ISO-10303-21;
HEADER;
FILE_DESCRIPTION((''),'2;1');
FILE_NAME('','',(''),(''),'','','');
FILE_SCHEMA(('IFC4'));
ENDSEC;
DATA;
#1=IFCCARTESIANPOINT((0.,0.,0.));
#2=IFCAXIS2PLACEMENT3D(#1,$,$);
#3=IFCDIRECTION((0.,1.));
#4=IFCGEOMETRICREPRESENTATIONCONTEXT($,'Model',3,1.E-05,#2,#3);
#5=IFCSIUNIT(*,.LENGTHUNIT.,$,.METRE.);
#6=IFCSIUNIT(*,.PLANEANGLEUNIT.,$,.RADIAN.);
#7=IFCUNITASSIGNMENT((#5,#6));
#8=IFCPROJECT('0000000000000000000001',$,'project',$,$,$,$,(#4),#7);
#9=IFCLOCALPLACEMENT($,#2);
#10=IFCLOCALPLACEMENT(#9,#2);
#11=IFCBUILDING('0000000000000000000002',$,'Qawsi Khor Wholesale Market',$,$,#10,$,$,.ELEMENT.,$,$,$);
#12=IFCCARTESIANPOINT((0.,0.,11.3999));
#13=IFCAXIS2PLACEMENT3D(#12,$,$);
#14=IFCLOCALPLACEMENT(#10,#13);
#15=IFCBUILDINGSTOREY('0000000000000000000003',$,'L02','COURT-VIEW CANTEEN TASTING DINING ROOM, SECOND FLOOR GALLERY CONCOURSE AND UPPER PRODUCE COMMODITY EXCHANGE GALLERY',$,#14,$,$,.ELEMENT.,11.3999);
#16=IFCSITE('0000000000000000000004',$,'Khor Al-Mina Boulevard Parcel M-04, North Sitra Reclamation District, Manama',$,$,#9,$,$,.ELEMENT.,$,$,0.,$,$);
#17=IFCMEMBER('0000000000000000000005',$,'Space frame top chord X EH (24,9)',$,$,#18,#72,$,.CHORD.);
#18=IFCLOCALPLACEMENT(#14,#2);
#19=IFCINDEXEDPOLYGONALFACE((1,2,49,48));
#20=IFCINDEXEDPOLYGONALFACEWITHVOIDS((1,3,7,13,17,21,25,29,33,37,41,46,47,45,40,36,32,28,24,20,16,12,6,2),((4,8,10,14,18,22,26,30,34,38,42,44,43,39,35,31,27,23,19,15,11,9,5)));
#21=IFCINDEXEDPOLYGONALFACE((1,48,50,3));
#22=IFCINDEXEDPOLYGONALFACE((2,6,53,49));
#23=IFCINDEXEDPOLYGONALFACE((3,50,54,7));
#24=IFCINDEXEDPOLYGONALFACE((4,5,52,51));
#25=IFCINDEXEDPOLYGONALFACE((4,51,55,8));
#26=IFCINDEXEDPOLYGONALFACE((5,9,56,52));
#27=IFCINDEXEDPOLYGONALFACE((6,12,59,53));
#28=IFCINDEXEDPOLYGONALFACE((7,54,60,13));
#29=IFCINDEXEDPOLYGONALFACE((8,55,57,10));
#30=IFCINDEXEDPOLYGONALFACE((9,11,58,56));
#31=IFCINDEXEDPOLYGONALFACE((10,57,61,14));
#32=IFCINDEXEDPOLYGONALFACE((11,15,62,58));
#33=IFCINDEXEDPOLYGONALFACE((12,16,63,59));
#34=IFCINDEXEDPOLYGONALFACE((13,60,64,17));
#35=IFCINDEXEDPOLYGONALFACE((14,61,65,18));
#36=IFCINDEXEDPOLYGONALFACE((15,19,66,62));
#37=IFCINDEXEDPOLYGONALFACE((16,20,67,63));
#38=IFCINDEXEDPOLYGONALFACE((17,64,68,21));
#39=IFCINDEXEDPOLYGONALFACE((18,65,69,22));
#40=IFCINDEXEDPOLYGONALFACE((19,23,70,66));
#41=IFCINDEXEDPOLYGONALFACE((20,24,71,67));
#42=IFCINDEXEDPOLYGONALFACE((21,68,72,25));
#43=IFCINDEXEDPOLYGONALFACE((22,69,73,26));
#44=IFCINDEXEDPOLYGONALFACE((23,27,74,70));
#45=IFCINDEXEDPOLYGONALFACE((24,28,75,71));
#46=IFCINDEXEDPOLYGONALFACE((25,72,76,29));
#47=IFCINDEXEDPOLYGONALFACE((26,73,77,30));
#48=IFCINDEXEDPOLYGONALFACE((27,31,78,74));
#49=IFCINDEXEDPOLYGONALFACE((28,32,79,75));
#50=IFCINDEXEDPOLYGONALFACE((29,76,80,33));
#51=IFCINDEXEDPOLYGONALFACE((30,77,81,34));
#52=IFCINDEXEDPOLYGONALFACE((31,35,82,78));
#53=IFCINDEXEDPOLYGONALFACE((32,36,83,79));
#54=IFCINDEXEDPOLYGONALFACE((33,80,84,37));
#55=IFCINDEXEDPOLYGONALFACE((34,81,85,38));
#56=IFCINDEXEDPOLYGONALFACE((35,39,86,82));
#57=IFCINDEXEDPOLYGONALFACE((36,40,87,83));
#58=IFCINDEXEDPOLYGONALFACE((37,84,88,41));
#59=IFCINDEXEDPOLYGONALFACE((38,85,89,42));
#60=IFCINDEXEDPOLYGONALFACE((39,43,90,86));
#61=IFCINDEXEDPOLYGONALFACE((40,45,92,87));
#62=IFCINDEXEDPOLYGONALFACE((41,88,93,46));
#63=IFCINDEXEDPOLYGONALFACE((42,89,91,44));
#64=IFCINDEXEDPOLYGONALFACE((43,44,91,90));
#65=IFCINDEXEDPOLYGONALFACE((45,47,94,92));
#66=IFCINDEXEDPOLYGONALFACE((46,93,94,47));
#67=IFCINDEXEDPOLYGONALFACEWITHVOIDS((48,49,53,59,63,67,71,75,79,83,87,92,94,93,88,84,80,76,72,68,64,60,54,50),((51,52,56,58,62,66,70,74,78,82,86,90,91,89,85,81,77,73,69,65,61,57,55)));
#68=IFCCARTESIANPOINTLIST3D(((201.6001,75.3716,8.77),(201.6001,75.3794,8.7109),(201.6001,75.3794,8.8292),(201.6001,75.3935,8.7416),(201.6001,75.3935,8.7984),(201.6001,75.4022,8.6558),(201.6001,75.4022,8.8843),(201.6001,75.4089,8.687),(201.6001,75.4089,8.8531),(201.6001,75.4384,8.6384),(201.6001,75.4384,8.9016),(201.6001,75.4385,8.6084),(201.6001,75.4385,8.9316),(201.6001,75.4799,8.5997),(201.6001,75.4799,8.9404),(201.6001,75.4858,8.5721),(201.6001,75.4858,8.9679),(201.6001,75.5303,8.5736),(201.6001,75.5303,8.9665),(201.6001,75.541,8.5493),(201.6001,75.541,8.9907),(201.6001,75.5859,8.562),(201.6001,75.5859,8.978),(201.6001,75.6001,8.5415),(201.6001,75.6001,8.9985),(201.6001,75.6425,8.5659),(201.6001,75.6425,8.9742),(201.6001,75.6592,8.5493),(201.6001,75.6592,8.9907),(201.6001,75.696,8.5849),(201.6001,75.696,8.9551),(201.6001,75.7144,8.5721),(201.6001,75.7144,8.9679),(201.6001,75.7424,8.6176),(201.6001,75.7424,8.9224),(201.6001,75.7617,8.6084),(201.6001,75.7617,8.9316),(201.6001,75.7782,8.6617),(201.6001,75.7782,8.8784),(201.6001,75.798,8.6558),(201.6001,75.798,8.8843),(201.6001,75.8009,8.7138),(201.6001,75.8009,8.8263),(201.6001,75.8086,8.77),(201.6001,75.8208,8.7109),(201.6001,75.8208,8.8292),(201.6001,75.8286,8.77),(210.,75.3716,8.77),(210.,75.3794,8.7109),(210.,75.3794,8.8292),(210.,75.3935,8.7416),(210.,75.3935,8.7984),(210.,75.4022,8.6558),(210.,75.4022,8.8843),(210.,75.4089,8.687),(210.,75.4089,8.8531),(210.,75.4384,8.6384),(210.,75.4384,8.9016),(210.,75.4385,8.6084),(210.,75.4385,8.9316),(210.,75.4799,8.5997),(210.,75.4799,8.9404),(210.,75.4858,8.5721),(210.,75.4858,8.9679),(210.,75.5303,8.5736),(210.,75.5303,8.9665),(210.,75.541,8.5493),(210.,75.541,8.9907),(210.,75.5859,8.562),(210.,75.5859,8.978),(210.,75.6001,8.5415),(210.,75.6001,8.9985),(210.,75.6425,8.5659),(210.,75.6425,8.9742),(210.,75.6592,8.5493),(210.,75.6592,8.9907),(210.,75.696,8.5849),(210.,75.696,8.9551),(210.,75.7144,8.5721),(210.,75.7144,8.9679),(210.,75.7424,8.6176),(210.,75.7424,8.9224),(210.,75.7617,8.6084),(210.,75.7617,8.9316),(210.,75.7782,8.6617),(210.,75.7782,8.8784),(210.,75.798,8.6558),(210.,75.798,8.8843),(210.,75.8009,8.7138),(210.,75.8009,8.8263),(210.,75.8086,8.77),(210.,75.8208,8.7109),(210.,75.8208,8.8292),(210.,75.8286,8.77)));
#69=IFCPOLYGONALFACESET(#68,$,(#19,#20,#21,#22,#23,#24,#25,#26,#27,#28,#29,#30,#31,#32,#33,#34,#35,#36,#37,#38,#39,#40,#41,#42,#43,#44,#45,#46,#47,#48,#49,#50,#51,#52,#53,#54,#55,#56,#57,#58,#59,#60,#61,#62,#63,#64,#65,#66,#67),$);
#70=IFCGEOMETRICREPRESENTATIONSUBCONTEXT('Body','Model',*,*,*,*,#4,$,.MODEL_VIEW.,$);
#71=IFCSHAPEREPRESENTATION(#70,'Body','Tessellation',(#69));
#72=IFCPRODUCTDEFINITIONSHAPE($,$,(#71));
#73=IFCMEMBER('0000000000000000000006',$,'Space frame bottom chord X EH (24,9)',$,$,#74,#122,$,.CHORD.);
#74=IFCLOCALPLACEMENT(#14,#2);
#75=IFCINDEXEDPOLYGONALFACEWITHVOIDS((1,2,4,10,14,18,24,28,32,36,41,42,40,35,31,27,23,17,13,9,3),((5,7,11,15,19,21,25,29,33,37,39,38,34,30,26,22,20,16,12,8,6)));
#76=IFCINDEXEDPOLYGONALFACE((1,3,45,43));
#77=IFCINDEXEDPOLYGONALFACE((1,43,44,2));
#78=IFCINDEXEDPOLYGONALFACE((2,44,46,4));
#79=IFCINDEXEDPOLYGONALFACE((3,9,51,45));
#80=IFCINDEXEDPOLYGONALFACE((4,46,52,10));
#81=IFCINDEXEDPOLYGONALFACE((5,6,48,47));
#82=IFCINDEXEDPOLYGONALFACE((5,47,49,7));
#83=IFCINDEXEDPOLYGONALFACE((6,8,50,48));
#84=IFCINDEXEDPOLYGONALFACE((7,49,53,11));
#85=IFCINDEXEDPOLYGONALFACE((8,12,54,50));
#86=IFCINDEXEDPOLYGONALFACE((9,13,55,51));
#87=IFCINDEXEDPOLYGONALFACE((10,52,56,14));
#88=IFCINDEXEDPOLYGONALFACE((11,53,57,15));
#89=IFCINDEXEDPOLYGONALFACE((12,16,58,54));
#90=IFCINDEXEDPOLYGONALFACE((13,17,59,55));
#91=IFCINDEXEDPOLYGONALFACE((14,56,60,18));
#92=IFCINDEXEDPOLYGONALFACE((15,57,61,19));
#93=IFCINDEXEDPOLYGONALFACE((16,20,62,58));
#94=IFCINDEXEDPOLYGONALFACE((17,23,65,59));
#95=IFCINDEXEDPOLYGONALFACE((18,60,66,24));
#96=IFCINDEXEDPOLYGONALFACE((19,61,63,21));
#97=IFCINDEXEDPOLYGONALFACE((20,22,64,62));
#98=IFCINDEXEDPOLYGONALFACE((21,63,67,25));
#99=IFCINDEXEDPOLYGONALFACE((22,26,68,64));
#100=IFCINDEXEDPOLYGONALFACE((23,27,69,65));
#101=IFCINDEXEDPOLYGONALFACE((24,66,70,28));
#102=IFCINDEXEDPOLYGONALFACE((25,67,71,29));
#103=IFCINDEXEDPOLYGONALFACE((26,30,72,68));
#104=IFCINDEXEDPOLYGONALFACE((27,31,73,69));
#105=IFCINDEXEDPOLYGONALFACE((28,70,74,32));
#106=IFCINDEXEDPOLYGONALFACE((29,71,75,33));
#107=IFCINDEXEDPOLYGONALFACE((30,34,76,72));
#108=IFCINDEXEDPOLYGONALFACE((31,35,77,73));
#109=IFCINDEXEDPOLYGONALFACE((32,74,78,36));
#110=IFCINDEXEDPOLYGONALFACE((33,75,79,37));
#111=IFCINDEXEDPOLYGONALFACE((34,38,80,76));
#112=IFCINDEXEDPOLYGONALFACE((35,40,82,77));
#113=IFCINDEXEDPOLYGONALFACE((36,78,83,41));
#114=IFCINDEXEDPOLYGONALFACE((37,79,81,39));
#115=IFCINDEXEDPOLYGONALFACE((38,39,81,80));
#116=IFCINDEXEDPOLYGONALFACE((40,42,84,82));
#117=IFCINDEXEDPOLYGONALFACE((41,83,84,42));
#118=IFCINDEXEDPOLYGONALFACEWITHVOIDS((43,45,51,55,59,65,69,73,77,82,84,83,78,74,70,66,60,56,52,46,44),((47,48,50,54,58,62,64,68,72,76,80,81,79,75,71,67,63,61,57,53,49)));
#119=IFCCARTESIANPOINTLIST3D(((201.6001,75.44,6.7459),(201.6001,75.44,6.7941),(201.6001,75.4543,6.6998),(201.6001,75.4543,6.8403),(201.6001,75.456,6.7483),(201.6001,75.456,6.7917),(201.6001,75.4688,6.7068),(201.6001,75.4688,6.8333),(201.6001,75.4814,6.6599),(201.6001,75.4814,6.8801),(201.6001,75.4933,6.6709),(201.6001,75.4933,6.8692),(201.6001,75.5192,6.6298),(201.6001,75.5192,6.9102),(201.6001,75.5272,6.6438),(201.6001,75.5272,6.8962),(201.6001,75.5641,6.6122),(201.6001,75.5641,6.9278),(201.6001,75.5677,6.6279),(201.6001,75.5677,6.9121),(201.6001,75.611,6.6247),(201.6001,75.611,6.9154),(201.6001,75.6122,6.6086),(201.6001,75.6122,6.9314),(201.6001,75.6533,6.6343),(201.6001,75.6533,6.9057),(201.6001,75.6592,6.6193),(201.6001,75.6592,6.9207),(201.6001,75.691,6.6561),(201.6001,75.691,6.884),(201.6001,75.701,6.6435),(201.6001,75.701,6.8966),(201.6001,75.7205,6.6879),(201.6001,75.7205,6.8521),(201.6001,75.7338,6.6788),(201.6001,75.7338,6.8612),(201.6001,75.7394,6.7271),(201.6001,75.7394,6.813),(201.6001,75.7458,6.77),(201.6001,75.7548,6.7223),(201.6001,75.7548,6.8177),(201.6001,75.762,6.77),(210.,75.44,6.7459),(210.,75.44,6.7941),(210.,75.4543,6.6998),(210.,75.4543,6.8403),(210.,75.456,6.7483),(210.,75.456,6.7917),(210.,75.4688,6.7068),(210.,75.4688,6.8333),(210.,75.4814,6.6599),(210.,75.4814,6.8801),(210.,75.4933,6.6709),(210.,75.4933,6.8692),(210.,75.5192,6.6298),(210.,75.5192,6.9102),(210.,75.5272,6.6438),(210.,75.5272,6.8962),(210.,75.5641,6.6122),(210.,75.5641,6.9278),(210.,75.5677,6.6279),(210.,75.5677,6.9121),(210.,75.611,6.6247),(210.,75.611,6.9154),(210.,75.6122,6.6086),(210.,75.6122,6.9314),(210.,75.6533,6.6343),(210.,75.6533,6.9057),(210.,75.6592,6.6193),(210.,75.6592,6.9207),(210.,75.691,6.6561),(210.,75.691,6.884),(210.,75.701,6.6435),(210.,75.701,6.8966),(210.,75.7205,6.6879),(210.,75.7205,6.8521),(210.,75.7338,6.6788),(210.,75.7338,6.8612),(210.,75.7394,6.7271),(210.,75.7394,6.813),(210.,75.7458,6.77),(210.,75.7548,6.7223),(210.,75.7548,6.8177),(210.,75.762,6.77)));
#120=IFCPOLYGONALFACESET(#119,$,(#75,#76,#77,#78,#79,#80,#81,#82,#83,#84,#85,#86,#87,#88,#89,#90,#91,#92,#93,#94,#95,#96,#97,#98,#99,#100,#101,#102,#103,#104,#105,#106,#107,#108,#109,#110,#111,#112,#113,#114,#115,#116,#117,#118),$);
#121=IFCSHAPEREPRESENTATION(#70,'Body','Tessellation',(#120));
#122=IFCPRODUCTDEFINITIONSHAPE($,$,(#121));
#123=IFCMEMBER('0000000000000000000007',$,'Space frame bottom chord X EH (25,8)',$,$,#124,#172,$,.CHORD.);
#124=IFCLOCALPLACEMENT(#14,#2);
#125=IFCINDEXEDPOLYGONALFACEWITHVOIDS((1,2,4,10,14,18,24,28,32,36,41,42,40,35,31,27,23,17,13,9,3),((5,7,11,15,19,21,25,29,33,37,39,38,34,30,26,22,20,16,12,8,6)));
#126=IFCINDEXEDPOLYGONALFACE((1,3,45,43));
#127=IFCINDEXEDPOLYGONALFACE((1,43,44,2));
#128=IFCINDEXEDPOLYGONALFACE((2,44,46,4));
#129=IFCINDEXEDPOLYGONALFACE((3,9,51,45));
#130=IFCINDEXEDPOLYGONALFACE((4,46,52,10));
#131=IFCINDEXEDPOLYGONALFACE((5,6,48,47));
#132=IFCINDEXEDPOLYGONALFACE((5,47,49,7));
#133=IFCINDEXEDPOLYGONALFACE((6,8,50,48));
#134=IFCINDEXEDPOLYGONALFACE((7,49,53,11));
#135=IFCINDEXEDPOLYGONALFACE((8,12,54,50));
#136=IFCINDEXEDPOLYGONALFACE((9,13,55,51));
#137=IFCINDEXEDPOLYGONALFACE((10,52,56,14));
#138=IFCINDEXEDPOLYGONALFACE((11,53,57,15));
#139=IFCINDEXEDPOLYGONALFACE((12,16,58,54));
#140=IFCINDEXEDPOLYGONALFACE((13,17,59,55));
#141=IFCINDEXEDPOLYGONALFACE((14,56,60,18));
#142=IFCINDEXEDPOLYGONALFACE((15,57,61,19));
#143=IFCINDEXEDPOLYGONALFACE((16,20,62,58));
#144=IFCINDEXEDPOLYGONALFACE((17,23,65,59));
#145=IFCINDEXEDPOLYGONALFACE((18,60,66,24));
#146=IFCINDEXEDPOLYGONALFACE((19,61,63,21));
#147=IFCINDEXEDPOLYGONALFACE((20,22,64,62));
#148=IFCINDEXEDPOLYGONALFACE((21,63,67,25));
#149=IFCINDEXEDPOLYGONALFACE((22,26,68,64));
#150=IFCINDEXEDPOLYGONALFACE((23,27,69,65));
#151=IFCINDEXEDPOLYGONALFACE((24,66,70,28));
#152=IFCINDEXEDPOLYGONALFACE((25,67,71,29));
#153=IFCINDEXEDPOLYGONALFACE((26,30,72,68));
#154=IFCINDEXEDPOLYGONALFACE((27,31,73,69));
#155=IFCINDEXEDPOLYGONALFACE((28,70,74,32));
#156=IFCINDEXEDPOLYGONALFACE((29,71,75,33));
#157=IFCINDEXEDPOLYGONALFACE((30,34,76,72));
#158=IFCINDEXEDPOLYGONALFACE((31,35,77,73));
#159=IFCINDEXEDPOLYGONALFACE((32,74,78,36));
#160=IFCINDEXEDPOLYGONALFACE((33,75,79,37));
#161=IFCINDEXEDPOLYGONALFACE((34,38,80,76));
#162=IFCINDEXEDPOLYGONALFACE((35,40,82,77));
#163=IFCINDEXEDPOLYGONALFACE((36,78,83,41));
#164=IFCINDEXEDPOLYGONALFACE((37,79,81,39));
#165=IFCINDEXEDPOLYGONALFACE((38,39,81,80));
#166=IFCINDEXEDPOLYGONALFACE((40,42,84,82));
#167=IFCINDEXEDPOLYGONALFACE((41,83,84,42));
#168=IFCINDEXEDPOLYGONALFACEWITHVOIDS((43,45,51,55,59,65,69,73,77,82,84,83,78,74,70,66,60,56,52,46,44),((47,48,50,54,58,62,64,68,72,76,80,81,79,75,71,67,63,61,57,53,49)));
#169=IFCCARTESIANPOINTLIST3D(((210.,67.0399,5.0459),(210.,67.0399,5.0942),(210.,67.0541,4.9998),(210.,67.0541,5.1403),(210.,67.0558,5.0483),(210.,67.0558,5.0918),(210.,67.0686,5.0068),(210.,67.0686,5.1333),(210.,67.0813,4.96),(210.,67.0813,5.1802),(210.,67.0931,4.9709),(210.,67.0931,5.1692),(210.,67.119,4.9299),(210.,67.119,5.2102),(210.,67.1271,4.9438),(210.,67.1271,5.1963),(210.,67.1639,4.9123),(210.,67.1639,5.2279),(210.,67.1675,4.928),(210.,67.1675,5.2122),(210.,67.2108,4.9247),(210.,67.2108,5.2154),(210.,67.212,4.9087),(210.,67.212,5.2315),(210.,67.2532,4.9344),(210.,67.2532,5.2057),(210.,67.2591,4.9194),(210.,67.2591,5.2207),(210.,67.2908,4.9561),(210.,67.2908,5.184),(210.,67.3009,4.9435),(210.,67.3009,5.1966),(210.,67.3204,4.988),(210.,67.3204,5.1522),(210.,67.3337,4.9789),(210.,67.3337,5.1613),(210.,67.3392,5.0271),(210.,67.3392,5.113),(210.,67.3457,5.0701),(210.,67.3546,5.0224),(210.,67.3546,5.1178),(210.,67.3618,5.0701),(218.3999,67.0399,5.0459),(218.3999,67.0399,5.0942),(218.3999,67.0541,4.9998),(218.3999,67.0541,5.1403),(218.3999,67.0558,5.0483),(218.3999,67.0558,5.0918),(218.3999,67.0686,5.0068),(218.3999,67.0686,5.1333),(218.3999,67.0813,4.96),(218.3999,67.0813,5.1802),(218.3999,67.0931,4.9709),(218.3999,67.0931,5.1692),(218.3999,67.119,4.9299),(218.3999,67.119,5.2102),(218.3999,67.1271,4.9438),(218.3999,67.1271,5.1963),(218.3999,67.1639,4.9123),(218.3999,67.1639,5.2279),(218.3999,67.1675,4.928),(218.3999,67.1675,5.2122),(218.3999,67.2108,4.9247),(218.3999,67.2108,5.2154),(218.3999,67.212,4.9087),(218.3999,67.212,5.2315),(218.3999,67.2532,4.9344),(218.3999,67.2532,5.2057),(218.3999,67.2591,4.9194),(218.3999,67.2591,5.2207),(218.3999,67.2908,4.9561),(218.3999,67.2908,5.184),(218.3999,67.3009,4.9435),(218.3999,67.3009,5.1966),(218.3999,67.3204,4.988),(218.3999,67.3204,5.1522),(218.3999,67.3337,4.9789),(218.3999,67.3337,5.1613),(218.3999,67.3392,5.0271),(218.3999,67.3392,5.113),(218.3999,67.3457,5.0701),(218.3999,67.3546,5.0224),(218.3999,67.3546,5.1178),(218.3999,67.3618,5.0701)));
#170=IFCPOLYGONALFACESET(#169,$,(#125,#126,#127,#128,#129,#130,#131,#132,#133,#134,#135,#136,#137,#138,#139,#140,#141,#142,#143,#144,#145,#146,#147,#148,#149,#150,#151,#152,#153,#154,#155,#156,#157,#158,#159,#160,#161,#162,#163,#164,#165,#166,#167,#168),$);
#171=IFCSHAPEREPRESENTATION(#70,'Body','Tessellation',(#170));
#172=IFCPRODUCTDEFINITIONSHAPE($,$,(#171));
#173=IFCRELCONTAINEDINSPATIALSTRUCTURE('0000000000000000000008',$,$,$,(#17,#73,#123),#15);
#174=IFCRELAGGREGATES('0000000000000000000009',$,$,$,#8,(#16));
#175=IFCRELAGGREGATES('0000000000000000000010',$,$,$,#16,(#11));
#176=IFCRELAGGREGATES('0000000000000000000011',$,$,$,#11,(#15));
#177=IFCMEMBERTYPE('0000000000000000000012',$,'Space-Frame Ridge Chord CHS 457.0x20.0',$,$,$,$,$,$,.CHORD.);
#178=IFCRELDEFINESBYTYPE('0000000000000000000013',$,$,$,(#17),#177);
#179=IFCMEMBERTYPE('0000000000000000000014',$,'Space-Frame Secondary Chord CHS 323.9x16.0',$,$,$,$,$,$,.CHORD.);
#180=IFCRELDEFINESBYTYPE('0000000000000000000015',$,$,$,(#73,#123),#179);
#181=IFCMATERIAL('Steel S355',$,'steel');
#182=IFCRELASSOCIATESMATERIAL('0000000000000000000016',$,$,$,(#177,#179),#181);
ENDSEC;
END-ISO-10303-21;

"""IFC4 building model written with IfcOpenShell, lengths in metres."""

from ifc_helpers import new_model, si_unit, direction, frame, origin, origin_2d, place, context, subcontext, project, spatial, hollow_circle, extrude, material, material_profile, profile_set, type_object, element, save


model = new_model("IFC4")

# Units and contexts
model_context = context("Model", 3, precision=1e-05, world=origin(), true_north=direction((0.0, 1.0)))
body_context = subcontext(model_context, "Body", "Model", "MODEL_VIEW")
ifc_project = project(units=[si_unit("LENGTHUNIT", "METRE"), si_unit("PLANEANGLEUNIT", "RADIAN")], contexts=[model_context])

# Site, building, storey
site_placement = place(None, origin())
site = spatial("IfcSite", under=ifc_project, at=site_placement, Name="Khor Al-Mina Boulevard Parcel M-04, North Sitra Reclamation District, Manama", CompositionType="ELEMENT", RefElevation=0.0)
building_placement = place(site_placement, origin())
building = spatial("IfcBuilding", under=site, at=building_placement, Name="Qawsi Khor Wholesale Market", CompositionType="ELEMENT")
storey_placement = place(building_placement, frame((0.0, 0.0, 11.3999)))
storey = spatial("IfcBuildingStorey", under=building, at=storey_placement, Name="L02", Description="COURT-VIEW CANTEEN TASTING DINING ROOM, SECOND FLOOR GALLERY CONCOURSE AND UPPER PRODUCE COMMODITY EXCHANGE GALLERY", CompositionType="ELEMENT", Elevation=11.3999)

# Members
ifc_material_1 = material(Name="Steel S355", Category="steel")
ifc_material_profile_1 = material_profile(ifc_material_1, hollow_circle(Radius=0.2285, WallThickness=0.02, at=origin_2d()), Name="CHS 457.0x20.0")
ifc_profile_set_1 = profile_set([ifc_material_profile_1], Name="Steel S355")
member_type_1 = type_object("IfcMemberType", Name="Space-Frame Ridge Chord CHS 457.0x20.0", PredefinedType="CHORD", material=ifc_profile_set_1)
member_1_placement = place(storey_placement, frame((201.6001, 75.6001, 8.77), z_axis=(1.0, 0.0, 0.0), x_axis=(0.0, 1.0, 0.0)))
element("IfcMember", 1, at=member_1_placement, inside=storey, type_object=member_type_1, Name="Space frame top chord X EH (24,9)", PredefinedType="CHORD", context=body_context, shape_type="SweptSolid", body=[
    extrude(hollow_circle(Radius=0.2285, WallThickness=0.02, at=origin_2d()), origin(), (0.0, 0.0, 1.0), 8.3999),
])
ifc_material_profile_2 = material_profile(ifc_material_1, hollow_circle(Radius=0.1619, WallThickness=0.0161, at=origin_2d()), Name="CHS 323.9x16.0")
ifc_profile_set_2 = profile_set([ifc_material_profile_2], Name="Steel S355")
member_type_2 = type_object("IfcMemberType", Name="Space-Frame Secondary Chord CHS 323.9x16.0", PredefinedType="CHORD", material=ifc_profile_set_2)
for number, where, z_axis, x_axis, name in (
    (2, (201.6001, 75.6001, 6.77), (1.0, 0.0, 0.0), (0.0, 1.0, 0.0), "Space frame bottom chord X EH (24,9)"),
    (3, (210.0, 67.2, 5.0701), (1.0, 0.0, 0.0), (0.0, 1.0, 0.0), "Space frame bottom chord X EH (25,8)"),
):
    element("IfcMember", number, at=place(storey_placement, frame(where, z_axis=z_axis, x_axis=x_axis)), inside=storey, type_object=member_type_2, Name=name, PredefinedType="CHORD", context=body_context, shape_type="SweptSolid", body=[
        extrude(hollow_circle(Radius=0.1619, WallThickness=0.0161, at=origin_2d()), origin(), (0.0, 0.0, 1.0), 8.3999),
    ])

save(model, "model.ifc")
